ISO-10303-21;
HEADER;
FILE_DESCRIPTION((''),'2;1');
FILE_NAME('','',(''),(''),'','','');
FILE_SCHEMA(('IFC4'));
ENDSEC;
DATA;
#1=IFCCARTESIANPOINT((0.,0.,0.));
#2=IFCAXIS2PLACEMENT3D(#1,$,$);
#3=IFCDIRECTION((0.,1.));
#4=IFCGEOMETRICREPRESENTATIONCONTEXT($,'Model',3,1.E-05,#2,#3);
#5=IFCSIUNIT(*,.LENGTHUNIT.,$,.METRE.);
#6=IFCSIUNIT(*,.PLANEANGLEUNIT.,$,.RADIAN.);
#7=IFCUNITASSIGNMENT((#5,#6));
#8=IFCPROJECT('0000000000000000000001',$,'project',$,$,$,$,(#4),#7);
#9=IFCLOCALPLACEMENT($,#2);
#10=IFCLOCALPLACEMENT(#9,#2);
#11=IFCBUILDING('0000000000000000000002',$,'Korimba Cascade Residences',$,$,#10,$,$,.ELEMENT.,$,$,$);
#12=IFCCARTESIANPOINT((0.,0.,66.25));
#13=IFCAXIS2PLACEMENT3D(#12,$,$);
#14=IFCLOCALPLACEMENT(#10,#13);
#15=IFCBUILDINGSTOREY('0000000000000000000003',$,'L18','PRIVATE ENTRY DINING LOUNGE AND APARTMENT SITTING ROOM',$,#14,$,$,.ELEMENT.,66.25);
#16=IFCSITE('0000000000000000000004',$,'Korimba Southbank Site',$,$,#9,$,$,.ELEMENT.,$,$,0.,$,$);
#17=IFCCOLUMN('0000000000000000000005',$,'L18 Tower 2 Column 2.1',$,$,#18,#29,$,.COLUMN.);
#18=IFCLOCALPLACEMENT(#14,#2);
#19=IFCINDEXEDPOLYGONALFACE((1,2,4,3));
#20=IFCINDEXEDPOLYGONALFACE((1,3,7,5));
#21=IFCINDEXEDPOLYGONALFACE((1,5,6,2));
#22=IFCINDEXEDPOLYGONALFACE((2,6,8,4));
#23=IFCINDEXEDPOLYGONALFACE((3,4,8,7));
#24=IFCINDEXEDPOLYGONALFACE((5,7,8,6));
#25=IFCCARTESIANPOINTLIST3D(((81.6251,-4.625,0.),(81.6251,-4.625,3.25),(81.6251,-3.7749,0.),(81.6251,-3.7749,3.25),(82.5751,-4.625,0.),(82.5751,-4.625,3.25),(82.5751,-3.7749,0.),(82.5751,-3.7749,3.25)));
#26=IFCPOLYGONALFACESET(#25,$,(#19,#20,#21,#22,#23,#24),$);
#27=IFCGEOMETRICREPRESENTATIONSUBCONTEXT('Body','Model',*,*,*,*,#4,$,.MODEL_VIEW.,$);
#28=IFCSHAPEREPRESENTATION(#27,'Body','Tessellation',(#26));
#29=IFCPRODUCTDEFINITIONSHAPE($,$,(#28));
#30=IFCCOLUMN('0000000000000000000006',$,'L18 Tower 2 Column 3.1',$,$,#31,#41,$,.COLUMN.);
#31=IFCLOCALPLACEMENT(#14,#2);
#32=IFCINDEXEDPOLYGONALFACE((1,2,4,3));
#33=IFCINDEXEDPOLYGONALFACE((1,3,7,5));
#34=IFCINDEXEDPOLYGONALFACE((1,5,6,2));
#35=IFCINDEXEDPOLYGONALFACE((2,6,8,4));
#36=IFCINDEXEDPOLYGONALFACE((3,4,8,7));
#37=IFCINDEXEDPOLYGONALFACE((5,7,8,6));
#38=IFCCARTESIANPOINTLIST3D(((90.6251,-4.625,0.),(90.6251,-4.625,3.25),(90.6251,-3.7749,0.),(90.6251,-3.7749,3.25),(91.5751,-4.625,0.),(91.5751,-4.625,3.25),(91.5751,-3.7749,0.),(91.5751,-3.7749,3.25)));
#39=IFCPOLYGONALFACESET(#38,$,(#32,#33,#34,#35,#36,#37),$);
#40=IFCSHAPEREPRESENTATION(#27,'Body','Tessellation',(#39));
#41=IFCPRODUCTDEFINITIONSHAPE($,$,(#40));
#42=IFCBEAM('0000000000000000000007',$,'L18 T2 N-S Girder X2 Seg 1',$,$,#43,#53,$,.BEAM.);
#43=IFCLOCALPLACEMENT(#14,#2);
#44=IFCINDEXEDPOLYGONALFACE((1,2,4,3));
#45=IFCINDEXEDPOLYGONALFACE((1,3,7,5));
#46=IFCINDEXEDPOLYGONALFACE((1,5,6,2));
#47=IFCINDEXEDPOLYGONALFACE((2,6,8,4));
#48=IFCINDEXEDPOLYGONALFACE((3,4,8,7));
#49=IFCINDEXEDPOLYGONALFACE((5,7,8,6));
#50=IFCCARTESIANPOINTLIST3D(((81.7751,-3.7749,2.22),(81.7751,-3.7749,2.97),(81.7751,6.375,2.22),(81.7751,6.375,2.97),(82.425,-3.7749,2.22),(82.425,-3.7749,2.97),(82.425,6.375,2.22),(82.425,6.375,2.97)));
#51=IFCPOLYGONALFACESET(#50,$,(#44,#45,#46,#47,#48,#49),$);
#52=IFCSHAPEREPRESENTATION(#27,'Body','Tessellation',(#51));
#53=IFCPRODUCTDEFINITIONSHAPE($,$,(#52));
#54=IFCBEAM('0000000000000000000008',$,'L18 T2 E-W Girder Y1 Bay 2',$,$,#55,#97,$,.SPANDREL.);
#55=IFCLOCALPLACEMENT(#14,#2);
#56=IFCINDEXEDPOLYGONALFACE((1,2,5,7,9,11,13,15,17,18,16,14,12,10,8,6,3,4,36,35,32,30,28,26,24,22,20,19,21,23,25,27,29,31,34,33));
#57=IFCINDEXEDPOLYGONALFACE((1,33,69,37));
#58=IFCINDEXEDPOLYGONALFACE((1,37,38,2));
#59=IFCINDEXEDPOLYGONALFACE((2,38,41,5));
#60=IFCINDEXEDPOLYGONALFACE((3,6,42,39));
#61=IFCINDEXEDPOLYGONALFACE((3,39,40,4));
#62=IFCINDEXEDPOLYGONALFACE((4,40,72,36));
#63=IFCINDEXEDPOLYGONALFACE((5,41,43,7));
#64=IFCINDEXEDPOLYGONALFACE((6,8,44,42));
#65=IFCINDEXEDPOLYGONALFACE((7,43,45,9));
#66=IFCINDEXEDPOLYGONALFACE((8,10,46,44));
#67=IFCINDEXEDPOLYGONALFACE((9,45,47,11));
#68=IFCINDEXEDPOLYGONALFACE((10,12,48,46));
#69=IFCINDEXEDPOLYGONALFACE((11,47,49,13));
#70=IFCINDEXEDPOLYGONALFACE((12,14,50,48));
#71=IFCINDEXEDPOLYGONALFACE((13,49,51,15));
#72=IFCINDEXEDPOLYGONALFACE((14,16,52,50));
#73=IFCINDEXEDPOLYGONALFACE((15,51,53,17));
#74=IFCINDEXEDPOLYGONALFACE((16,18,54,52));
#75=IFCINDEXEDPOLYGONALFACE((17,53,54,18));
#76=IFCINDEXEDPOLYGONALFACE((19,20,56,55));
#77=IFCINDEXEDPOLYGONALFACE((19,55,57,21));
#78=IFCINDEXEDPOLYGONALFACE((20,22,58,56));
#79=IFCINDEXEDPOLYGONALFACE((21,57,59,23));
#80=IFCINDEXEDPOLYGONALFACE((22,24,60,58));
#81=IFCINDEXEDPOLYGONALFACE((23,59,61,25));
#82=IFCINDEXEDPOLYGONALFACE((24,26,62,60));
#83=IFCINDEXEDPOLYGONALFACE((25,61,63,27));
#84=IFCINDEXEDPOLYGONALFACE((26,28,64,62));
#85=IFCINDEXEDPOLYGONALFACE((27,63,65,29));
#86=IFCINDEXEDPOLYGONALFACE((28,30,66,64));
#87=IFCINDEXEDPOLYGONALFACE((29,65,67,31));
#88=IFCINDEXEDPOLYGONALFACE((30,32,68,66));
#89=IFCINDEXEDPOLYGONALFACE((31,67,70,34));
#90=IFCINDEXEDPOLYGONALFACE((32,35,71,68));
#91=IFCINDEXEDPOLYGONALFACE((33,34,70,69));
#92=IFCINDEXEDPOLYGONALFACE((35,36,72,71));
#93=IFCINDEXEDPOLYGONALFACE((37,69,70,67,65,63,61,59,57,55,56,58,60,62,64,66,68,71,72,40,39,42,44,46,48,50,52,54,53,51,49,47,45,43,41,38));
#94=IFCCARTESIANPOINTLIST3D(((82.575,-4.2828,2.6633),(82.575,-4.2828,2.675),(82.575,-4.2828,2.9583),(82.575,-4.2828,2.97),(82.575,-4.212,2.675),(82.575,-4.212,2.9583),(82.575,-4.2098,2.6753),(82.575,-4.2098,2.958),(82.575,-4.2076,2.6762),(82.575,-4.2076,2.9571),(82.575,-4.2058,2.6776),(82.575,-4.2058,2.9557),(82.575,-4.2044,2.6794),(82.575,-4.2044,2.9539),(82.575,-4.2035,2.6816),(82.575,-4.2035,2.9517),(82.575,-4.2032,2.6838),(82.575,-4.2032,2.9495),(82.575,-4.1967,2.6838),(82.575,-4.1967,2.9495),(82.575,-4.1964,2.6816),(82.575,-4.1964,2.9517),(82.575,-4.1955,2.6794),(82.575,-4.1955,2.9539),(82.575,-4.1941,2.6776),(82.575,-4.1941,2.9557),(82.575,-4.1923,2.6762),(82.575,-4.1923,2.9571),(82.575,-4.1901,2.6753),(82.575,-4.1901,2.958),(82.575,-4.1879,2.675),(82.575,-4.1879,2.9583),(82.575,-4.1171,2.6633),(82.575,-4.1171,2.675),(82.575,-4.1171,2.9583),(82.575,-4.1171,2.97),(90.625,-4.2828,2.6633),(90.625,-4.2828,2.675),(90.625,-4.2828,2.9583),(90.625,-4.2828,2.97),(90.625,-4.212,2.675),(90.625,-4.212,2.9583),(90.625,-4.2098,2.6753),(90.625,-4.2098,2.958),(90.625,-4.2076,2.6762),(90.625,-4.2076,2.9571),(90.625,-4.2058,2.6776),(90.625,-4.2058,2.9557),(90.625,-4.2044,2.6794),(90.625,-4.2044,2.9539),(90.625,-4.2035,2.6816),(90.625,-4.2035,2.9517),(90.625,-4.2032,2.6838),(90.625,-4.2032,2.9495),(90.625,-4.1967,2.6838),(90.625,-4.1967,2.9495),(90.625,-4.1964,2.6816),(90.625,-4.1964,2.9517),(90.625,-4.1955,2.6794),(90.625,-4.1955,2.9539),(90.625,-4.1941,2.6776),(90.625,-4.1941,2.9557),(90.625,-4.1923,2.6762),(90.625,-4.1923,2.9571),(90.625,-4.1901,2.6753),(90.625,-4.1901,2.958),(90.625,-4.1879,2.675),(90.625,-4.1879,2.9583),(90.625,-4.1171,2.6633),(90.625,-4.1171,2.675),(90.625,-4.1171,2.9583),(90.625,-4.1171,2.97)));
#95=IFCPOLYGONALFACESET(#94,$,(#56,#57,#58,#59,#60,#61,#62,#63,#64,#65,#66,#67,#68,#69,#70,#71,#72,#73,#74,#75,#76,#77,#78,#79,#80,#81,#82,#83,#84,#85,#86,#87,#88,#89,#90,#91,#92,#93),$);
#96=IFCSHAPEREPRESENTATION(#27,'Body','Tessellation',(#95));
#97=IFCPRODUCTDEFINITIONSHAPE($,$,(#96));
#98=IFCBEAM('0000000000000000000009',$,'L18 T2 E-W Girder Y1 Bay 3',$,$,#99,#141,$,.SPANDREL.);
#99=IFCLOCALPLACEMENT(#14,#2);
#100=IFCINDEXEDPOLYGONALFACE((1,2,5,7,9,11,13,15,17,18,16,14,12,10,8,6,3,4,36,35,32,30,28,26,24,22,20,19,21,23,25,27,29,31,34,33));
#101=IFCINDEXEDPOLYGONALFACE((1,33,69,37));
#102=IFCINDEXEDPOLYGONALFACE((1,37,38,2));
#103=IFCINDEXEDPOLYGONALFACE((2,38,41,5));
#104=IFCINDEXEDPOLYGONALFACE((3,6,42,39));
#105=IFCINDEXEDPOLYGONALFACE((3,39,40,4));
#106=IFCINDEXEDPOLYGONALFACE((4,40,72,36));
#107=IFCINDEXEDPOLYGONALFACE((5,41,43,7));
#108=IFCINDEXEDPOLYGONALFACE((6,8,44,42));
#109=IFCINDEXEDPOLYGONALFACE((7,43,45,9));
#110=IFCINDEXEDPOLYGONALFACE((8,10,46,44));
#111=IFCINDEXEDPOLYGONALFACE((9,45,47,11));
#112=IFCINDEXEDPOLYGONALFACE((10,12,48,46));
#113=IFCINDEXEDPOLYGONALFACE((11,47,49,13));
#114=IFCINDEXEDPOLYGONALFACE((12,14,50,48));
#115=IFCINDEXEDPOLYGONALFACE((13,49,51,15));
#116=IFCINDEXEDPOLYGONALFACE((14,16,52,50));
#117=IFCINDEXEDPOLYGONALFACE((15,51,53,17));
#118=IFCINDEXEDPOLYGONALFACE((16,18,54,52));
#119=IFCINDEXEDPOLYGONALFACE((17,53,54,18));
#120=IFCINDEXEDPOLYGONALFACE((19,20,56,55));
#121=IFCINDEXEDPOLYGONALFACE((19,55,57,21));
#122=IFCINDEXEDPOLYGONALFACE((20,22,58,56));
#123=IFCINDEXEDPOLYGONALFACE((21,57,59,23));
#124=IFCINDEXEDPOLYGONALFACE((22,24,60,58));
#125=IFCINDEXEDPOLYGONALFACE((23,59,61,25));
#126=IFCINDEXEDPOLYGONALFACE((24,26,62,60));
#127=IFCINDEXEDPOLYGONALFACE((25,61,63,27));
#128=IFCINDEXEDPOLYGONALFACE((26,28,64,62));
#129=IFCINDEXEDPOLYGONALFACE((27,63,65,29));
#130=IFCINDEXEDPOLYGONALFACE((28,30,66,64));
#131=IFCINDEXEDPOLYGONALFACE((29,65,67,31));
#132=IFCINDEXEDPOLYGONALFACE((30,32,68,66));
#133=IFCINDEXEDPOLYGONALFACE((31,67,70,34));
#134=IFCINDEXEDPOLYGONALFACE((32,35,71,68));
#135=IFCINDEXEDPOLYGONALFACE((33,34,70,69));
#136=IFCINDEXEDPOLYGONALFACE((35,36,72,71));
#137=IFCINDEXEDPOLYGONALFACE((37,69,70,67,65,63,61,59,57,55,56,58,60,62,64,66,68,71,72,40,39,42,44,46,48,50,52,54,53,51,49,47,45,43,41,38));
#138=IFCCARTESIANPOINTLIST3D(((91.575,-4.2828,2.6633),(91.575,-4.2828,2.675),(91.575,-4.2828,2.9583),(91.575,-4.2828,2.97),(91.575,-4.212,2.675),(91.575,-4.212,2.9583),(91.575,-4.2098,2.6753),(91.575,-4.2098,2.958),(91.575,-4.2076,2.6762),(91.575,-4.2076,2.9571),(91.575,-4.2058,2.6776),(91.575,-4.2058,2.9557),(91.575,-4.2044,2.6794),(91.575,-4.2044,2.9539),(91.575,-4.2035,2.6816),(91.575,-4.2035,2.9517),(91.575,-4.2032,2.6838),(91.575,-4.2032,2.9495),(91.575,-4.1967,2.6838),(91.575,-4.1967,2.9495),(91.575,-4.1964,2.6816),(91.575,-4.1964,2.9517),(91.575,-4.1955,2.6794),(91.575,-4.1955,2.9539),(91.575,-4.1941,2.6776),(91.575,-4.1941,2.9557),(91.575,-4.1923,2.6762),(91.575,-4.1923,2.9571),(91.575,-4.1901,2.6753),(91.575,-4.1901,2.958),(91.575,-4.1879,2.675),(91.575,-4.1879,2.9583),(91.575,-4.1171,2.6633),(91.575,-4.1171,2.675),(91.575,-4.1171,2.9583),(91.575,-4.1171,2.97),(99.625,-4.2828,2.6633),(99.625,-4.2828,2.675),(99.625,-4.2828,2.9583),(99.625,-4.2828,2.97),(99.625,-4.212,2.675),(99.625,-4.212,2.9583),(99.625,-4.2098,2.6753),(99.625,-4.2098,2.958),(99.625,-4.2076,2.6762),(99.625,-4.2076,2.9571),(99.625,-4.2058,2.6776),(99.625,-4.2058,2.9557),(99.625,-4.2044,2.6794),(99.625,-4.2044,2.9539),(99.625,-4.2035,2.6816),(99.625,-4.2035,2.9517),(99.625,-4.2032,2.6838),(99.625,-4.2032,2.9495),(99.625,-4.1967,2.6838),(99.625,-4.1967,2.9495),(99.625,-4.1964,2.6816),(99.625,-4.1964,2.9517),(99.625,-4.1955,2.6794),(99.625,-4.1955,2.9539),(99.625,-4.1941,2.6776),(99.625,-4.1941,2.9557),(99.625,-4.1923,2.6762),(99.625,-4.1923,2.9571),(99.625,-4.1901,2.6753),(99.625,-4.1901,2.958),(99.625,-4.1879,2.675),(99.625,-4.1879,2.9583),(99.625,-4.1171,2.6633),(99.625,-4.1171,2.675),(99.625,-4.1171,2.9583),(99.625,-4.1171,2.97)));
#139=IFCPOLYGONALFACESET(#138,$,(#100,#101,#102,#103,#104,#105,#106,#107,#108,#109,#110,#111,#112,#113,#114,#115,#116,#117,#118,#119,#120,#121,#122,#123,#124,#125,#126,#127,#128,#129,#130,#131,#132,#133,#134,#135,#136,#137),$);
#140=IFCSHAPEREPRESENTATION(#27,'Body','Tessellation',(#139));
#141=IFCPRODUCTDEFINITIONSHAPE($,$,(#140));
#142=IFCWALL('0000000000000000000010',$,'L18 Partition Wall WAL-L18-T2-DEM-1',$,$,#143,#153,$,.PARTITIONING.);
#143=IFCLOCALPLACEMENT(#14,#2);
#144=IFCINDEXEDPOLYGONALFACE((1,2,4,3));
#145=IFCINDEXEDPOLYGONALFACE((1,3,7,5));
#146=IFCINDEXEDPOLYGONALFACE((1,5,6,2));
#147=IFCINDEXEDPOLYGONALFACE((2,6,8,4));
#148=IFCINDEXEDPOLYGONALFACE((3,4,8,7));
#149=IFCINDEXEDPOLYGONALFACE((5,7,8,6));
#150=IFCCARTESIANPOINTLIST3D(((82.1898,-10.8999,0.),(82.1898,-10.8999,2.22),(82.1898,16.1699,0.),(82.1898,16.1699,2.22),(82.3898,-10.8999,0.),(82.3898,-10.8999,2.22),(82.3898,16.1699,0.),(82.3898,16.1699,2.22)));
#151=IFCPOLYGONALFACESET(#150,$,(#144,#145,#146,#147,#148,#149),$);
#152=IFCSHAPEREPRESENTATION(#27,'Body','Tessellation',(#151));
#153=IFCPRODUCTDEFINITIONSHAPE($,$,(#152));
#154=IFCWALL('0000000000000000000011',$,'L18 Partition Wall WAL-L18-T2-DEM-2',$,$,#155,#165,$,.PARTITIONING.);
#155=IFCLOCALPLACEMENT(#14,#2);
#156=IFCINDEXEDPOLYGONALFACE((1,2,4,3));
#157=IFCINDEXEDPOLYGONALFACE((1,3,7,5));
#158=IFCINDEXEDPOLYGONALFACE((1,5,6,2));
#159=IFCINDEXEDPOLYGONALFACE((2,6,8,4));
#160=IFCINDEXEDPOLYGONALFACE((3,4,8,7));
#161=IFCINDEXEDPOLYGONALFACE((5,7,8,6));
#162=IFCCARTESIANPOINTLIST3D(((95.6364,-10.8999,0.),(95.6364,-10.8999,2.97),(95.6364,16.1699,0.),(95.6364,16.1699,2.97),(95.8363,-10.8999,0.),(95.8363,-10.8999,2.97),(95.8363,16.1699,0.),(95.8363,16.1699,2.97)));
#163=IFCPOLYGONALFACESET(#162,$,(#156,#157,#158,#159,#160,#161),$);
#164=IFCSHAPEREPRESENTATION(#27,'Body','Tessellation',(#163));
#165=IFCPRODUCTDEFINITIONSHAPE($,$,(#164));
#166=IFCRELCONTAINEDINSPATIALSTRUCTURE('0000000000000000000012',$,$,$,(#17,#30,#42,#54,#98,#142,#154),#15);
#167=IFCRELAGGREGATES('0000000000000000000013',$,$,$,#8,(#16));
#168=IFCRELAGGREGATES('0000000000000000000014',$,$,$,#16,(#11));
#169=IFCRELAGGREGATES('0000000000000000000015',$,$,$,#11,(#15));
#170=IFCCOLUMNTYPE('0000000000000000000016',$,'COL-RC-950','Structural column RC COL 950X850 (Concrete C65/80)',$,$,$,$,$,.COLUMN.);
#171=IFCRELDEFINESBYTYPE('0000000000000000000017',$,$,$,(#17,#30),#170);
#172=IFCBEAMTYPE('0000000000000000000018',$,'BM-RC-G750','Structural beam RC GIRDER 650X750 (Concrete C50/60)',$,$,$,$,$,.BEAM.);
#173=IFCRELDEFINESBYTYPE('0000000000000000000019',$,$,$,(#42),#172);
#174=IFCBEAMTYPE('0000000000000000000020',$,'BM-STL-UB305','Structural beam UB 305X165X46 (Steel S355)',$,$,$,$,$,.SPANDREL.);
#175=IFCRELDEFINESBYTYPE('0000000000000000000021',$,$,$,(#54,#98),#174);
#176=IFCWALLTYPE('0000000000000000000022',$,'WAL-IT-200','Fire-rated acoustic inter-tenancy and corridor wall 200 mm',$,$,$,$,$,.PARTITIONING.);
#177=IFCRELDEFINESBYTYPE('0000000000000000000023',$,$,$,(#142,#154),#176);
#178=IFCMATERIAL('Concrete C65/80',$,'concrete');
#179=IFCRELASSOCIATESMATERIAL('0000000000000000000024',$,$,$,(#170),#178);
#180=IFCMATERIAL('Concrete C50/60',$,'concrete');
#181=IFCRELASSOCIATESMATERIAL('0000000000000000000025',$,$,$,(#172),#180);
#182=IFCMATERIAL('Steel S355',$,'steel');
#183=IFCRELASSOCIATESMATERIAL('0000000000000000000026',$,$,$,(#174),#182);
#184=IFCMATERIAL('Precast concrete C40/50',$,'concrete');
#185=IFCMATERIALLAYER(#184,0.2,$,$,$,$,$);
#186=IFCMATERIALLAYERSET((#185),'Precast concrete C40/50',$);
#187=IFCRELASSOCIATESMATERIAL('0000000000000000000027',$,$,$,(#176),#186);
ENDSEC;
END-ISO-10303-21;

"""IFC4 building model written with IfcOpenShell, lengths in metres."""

from ifc_helpers import new_model, si_unit, direction, frame, frame_2d, origin, origin_2d, place, context, subcontext, project, spatial, rectangle, i_section, extrude, material, layer, layer_set, material_profile, profile_set, type_object, element, save


model = new_model("IFC4")

# Units and contexts
model_context = context("Model", 3, precision=1e-05, world=origin(), true_north=direction((0.0, 1.0)))
body_context = subcontext(model_context, "Body", "Model", "MODEL_VIEW")
ifc_project = project(units=[si_unit("LENGTHUNIT", "METRE"), si_unit("PLANEANGLEUNIT", "RADIAN")], contexts=[model_context])

# Site, building, storey
site_placement = place(None, origin())
site = spatial("IfcSite", under=ifc_project, at=site_placement, Name="Korimba Southbank Site", CompositionType="ELEMENT", RefElevation=0.0)
building_placement = place(site_placement, origin())
building = spatial("IfcBuilding", under=site, at=building_placement, Name="Korimba Cascade Residences", CompositionType="ELEMENT")
storey_placement = place(building_placement, frame((0.0, 0.0, 66.25)))
storey = spatial("IfcBuildingStorey", under=building, at=storey_placement, Name="L18", Description="PRIVATE ENTRY DINING LOUNGE AND APARTMENT SITTING ROOM", CompositionType="ELEMENT", Elevation=66.25)

# Columns
ifc_material_1 = material(Name="Concrete C65/80", Category="concrete")
ifc_material_profile_1 = material_profile(ifc_material_1, rectangle(XDim=0.95, YDim=0.8501, at=origin_2d()), Name="Concrete C65/80")
ifc_profile_set_1 = profile_set([ifc_material_profile_1], Name="Concrete C65/80")
column_type = type_object("IfcColumnType", Name="COL-RC-950", Description="Structural column RC COL 950X850 (Concrete C65/80)", PredefinedType="COLUMN", material=ifc_profile_set_1)
for number, where, z_axis, x_axis, name in (
    (1, (82.1001, -4.2, 0.0), (0.0, 0.0, 1.0), (1.0, 0.0, 0.0), "L18 Tower 2 Column 2.1"),
    (2, (91.1001, -4.2, 0.0), (0.0, 0.0, 1.0), (1.0, 0.0, 0.0), "L18 Tower 2 Column 3.1"),
):
    element("IfcColumn", number, at=place(storey_placement, frame(where, z_axis=z_axis, x_axis=x_axis)), inside=storey, type_object=column_type, Name=name, PredefinedType="COLUMN", context=body_context, shape_type="SweptSolid", body=[
        extrude(rectangle(XDim=0.95, YDim=0.8501, at=origin_2d()), origin(), (0.0, 0.0, 1.0), 3.25),
    ])

# Beams
ifc_material_2 = material(Name="Concrete C50/60", Category="concrete")
ifc_material_profile_2 = material_profile(ifc_material_2, rectangle(XDim=0.6499, YDim=0.75, at=origin_2d()), Name="Concrete C50/60")
ifc_profile_set_2 = profile_set([ifc_material_profile_2], Name="Concrete C50/60")
beam_type_1 = type_object("IfcBeamType", Name="BM-RC-G750", Description="Structural beam RC GIRDER 650X750 (Concrete C50/60)", PredefinedType="BEAM", material=ifc_profile_set_2)
beam_placement = place(storey_placement, frame((82.1001, -3.7749, 2.595), z_axis=(0.0, 1.0, 0.0), x_axis=(-1.0, 0.0, 0.0)))
element("IfcBeam", 3, at=beam_placement, inside=storey, type_object=beam_type_1, Name="L18 T2 N-S Girder X2 Seg 1", PredefinedType="BEAM", context=body_context, shape_type="SweptSolid", body=[
    extrude(rectangle(XDim=0.6499, YDim=0.75, at=origin_2d()), origin(), (0.0, 0.0, 1.0), 10.1499),
])
ifc_material_3 = material(Name="Steel S355", Category="steel")
ifc_material_profile_3 = material_profile(ifc_material_3, i_section(OverallWidth=0.1658, OverallDepth=0.3066, WebThickness=0.0066, FlangeThickness=0.0117, FilletRadius=0.0088, at=origin_2d()), Name="Steel S355")
ifc_profile_set_3 = profile_set([ifc_material_profile_3], Name="Steel S355")
beam_type_2 = type_object("IfcBeamType", Name="BM-STL-UB305", Description="Structural beam UB 305X165X46 (Steel S355)", PredefinedType="SPANDREL", material=ifc_profile_set_3)
for number, where, z_axis, x_axis, name in (
    (4, (82.575, -4.2, 2.8167), (1.0, 0.0, 0.0), (0.0, 1.0, 0.0), "L18 T2 E-W Girder Y1 Bay 2"),
    (5, (91.575, -4.2, 2.8167), (1.0, 0.0, 0.0), (0.0, 1.0, 0.0), "L18 T2 E-W Girder Y1 Bay 3"),
):
    element("IfcBeam", number, at=place(storey_placement, frame(where, z_axis=z_axis, x_axis=x_axis)), inside=storey, type_object=beam_type_2, Name=name, PredefinedType="SPANDREL", context=body_context, shape_type="SweptSolid", body=[
        extrude(i_section(OverallWidth=0.1658, OverallDepth=0.3066, WebThickness=0.0066, FlangeThickness=0.0117, FilletRadius=0.0088, at=origin_2d()), origin(), (0.0, 0.0, 1.0), 8.05),
    ])

# Walls
ifc_material_4 = material(Name="Precast concrete C40/50", Category="concrete")
ifc_layer_1 = layer(ifc_material_4, 0.2)
ifc_layer_set_1 = layer_set([ifc_layer_1], Name="Precast concrete C40/50")
wall_type_1 = type_object("IfcWallType", Name="WAL-IT-200", Description="Fire-rated acoustic inter-tenancy and corridor wall 200 mm", PredefinedType="PARTITIONING", material=ifc_layer_set_1)
wall_1_placement = place(storey_placement, frame((82.2898, -10.8999, 0.0), z_axis=(0.0, 0.0, 1.0), x_axis=(0.0, 1.0, 0.0)))
element("IfcWall", 6, at=wall_1_placement, inside=storey, type_object=wall_type_1, Name="L18 Partition Wall WAL-L18-T2-DEM-1", PredefinedType="PARTITIONING", context=body_context, shape_type="SweptSolid", body=[
    extrude(rectangle(XDim=27.0698, YDim=0.2, at=frame_2d((13.5349, 0.0))), origin(), (0.0, 0.0, 1.0), 2.22),
])
wall_2_placement = place(storey_placement, frame((95.7363, -10.8999, 0.0), z_axis=(0.0, 0.0, 1.0), x_axis=(0.0, 1.0, 0.0)))
element("IfcWall", 7, at=wall_2_placement, inside=storey, type_object=wall_type_1, Name="L18 Partition Wall WAL-L18-T2-DEM-2", PredefinedType="PARTITIONING", context=body_context, shape_type="SweptSolid", body=[
    extrude(rectangle(XDim=27.0698, YDim=0.2, at=frame_2d((13.5349, 0.0))), origin(), (0.0, 0.0, 1.0), 2.97),
])

save(model, "model.ifc")
